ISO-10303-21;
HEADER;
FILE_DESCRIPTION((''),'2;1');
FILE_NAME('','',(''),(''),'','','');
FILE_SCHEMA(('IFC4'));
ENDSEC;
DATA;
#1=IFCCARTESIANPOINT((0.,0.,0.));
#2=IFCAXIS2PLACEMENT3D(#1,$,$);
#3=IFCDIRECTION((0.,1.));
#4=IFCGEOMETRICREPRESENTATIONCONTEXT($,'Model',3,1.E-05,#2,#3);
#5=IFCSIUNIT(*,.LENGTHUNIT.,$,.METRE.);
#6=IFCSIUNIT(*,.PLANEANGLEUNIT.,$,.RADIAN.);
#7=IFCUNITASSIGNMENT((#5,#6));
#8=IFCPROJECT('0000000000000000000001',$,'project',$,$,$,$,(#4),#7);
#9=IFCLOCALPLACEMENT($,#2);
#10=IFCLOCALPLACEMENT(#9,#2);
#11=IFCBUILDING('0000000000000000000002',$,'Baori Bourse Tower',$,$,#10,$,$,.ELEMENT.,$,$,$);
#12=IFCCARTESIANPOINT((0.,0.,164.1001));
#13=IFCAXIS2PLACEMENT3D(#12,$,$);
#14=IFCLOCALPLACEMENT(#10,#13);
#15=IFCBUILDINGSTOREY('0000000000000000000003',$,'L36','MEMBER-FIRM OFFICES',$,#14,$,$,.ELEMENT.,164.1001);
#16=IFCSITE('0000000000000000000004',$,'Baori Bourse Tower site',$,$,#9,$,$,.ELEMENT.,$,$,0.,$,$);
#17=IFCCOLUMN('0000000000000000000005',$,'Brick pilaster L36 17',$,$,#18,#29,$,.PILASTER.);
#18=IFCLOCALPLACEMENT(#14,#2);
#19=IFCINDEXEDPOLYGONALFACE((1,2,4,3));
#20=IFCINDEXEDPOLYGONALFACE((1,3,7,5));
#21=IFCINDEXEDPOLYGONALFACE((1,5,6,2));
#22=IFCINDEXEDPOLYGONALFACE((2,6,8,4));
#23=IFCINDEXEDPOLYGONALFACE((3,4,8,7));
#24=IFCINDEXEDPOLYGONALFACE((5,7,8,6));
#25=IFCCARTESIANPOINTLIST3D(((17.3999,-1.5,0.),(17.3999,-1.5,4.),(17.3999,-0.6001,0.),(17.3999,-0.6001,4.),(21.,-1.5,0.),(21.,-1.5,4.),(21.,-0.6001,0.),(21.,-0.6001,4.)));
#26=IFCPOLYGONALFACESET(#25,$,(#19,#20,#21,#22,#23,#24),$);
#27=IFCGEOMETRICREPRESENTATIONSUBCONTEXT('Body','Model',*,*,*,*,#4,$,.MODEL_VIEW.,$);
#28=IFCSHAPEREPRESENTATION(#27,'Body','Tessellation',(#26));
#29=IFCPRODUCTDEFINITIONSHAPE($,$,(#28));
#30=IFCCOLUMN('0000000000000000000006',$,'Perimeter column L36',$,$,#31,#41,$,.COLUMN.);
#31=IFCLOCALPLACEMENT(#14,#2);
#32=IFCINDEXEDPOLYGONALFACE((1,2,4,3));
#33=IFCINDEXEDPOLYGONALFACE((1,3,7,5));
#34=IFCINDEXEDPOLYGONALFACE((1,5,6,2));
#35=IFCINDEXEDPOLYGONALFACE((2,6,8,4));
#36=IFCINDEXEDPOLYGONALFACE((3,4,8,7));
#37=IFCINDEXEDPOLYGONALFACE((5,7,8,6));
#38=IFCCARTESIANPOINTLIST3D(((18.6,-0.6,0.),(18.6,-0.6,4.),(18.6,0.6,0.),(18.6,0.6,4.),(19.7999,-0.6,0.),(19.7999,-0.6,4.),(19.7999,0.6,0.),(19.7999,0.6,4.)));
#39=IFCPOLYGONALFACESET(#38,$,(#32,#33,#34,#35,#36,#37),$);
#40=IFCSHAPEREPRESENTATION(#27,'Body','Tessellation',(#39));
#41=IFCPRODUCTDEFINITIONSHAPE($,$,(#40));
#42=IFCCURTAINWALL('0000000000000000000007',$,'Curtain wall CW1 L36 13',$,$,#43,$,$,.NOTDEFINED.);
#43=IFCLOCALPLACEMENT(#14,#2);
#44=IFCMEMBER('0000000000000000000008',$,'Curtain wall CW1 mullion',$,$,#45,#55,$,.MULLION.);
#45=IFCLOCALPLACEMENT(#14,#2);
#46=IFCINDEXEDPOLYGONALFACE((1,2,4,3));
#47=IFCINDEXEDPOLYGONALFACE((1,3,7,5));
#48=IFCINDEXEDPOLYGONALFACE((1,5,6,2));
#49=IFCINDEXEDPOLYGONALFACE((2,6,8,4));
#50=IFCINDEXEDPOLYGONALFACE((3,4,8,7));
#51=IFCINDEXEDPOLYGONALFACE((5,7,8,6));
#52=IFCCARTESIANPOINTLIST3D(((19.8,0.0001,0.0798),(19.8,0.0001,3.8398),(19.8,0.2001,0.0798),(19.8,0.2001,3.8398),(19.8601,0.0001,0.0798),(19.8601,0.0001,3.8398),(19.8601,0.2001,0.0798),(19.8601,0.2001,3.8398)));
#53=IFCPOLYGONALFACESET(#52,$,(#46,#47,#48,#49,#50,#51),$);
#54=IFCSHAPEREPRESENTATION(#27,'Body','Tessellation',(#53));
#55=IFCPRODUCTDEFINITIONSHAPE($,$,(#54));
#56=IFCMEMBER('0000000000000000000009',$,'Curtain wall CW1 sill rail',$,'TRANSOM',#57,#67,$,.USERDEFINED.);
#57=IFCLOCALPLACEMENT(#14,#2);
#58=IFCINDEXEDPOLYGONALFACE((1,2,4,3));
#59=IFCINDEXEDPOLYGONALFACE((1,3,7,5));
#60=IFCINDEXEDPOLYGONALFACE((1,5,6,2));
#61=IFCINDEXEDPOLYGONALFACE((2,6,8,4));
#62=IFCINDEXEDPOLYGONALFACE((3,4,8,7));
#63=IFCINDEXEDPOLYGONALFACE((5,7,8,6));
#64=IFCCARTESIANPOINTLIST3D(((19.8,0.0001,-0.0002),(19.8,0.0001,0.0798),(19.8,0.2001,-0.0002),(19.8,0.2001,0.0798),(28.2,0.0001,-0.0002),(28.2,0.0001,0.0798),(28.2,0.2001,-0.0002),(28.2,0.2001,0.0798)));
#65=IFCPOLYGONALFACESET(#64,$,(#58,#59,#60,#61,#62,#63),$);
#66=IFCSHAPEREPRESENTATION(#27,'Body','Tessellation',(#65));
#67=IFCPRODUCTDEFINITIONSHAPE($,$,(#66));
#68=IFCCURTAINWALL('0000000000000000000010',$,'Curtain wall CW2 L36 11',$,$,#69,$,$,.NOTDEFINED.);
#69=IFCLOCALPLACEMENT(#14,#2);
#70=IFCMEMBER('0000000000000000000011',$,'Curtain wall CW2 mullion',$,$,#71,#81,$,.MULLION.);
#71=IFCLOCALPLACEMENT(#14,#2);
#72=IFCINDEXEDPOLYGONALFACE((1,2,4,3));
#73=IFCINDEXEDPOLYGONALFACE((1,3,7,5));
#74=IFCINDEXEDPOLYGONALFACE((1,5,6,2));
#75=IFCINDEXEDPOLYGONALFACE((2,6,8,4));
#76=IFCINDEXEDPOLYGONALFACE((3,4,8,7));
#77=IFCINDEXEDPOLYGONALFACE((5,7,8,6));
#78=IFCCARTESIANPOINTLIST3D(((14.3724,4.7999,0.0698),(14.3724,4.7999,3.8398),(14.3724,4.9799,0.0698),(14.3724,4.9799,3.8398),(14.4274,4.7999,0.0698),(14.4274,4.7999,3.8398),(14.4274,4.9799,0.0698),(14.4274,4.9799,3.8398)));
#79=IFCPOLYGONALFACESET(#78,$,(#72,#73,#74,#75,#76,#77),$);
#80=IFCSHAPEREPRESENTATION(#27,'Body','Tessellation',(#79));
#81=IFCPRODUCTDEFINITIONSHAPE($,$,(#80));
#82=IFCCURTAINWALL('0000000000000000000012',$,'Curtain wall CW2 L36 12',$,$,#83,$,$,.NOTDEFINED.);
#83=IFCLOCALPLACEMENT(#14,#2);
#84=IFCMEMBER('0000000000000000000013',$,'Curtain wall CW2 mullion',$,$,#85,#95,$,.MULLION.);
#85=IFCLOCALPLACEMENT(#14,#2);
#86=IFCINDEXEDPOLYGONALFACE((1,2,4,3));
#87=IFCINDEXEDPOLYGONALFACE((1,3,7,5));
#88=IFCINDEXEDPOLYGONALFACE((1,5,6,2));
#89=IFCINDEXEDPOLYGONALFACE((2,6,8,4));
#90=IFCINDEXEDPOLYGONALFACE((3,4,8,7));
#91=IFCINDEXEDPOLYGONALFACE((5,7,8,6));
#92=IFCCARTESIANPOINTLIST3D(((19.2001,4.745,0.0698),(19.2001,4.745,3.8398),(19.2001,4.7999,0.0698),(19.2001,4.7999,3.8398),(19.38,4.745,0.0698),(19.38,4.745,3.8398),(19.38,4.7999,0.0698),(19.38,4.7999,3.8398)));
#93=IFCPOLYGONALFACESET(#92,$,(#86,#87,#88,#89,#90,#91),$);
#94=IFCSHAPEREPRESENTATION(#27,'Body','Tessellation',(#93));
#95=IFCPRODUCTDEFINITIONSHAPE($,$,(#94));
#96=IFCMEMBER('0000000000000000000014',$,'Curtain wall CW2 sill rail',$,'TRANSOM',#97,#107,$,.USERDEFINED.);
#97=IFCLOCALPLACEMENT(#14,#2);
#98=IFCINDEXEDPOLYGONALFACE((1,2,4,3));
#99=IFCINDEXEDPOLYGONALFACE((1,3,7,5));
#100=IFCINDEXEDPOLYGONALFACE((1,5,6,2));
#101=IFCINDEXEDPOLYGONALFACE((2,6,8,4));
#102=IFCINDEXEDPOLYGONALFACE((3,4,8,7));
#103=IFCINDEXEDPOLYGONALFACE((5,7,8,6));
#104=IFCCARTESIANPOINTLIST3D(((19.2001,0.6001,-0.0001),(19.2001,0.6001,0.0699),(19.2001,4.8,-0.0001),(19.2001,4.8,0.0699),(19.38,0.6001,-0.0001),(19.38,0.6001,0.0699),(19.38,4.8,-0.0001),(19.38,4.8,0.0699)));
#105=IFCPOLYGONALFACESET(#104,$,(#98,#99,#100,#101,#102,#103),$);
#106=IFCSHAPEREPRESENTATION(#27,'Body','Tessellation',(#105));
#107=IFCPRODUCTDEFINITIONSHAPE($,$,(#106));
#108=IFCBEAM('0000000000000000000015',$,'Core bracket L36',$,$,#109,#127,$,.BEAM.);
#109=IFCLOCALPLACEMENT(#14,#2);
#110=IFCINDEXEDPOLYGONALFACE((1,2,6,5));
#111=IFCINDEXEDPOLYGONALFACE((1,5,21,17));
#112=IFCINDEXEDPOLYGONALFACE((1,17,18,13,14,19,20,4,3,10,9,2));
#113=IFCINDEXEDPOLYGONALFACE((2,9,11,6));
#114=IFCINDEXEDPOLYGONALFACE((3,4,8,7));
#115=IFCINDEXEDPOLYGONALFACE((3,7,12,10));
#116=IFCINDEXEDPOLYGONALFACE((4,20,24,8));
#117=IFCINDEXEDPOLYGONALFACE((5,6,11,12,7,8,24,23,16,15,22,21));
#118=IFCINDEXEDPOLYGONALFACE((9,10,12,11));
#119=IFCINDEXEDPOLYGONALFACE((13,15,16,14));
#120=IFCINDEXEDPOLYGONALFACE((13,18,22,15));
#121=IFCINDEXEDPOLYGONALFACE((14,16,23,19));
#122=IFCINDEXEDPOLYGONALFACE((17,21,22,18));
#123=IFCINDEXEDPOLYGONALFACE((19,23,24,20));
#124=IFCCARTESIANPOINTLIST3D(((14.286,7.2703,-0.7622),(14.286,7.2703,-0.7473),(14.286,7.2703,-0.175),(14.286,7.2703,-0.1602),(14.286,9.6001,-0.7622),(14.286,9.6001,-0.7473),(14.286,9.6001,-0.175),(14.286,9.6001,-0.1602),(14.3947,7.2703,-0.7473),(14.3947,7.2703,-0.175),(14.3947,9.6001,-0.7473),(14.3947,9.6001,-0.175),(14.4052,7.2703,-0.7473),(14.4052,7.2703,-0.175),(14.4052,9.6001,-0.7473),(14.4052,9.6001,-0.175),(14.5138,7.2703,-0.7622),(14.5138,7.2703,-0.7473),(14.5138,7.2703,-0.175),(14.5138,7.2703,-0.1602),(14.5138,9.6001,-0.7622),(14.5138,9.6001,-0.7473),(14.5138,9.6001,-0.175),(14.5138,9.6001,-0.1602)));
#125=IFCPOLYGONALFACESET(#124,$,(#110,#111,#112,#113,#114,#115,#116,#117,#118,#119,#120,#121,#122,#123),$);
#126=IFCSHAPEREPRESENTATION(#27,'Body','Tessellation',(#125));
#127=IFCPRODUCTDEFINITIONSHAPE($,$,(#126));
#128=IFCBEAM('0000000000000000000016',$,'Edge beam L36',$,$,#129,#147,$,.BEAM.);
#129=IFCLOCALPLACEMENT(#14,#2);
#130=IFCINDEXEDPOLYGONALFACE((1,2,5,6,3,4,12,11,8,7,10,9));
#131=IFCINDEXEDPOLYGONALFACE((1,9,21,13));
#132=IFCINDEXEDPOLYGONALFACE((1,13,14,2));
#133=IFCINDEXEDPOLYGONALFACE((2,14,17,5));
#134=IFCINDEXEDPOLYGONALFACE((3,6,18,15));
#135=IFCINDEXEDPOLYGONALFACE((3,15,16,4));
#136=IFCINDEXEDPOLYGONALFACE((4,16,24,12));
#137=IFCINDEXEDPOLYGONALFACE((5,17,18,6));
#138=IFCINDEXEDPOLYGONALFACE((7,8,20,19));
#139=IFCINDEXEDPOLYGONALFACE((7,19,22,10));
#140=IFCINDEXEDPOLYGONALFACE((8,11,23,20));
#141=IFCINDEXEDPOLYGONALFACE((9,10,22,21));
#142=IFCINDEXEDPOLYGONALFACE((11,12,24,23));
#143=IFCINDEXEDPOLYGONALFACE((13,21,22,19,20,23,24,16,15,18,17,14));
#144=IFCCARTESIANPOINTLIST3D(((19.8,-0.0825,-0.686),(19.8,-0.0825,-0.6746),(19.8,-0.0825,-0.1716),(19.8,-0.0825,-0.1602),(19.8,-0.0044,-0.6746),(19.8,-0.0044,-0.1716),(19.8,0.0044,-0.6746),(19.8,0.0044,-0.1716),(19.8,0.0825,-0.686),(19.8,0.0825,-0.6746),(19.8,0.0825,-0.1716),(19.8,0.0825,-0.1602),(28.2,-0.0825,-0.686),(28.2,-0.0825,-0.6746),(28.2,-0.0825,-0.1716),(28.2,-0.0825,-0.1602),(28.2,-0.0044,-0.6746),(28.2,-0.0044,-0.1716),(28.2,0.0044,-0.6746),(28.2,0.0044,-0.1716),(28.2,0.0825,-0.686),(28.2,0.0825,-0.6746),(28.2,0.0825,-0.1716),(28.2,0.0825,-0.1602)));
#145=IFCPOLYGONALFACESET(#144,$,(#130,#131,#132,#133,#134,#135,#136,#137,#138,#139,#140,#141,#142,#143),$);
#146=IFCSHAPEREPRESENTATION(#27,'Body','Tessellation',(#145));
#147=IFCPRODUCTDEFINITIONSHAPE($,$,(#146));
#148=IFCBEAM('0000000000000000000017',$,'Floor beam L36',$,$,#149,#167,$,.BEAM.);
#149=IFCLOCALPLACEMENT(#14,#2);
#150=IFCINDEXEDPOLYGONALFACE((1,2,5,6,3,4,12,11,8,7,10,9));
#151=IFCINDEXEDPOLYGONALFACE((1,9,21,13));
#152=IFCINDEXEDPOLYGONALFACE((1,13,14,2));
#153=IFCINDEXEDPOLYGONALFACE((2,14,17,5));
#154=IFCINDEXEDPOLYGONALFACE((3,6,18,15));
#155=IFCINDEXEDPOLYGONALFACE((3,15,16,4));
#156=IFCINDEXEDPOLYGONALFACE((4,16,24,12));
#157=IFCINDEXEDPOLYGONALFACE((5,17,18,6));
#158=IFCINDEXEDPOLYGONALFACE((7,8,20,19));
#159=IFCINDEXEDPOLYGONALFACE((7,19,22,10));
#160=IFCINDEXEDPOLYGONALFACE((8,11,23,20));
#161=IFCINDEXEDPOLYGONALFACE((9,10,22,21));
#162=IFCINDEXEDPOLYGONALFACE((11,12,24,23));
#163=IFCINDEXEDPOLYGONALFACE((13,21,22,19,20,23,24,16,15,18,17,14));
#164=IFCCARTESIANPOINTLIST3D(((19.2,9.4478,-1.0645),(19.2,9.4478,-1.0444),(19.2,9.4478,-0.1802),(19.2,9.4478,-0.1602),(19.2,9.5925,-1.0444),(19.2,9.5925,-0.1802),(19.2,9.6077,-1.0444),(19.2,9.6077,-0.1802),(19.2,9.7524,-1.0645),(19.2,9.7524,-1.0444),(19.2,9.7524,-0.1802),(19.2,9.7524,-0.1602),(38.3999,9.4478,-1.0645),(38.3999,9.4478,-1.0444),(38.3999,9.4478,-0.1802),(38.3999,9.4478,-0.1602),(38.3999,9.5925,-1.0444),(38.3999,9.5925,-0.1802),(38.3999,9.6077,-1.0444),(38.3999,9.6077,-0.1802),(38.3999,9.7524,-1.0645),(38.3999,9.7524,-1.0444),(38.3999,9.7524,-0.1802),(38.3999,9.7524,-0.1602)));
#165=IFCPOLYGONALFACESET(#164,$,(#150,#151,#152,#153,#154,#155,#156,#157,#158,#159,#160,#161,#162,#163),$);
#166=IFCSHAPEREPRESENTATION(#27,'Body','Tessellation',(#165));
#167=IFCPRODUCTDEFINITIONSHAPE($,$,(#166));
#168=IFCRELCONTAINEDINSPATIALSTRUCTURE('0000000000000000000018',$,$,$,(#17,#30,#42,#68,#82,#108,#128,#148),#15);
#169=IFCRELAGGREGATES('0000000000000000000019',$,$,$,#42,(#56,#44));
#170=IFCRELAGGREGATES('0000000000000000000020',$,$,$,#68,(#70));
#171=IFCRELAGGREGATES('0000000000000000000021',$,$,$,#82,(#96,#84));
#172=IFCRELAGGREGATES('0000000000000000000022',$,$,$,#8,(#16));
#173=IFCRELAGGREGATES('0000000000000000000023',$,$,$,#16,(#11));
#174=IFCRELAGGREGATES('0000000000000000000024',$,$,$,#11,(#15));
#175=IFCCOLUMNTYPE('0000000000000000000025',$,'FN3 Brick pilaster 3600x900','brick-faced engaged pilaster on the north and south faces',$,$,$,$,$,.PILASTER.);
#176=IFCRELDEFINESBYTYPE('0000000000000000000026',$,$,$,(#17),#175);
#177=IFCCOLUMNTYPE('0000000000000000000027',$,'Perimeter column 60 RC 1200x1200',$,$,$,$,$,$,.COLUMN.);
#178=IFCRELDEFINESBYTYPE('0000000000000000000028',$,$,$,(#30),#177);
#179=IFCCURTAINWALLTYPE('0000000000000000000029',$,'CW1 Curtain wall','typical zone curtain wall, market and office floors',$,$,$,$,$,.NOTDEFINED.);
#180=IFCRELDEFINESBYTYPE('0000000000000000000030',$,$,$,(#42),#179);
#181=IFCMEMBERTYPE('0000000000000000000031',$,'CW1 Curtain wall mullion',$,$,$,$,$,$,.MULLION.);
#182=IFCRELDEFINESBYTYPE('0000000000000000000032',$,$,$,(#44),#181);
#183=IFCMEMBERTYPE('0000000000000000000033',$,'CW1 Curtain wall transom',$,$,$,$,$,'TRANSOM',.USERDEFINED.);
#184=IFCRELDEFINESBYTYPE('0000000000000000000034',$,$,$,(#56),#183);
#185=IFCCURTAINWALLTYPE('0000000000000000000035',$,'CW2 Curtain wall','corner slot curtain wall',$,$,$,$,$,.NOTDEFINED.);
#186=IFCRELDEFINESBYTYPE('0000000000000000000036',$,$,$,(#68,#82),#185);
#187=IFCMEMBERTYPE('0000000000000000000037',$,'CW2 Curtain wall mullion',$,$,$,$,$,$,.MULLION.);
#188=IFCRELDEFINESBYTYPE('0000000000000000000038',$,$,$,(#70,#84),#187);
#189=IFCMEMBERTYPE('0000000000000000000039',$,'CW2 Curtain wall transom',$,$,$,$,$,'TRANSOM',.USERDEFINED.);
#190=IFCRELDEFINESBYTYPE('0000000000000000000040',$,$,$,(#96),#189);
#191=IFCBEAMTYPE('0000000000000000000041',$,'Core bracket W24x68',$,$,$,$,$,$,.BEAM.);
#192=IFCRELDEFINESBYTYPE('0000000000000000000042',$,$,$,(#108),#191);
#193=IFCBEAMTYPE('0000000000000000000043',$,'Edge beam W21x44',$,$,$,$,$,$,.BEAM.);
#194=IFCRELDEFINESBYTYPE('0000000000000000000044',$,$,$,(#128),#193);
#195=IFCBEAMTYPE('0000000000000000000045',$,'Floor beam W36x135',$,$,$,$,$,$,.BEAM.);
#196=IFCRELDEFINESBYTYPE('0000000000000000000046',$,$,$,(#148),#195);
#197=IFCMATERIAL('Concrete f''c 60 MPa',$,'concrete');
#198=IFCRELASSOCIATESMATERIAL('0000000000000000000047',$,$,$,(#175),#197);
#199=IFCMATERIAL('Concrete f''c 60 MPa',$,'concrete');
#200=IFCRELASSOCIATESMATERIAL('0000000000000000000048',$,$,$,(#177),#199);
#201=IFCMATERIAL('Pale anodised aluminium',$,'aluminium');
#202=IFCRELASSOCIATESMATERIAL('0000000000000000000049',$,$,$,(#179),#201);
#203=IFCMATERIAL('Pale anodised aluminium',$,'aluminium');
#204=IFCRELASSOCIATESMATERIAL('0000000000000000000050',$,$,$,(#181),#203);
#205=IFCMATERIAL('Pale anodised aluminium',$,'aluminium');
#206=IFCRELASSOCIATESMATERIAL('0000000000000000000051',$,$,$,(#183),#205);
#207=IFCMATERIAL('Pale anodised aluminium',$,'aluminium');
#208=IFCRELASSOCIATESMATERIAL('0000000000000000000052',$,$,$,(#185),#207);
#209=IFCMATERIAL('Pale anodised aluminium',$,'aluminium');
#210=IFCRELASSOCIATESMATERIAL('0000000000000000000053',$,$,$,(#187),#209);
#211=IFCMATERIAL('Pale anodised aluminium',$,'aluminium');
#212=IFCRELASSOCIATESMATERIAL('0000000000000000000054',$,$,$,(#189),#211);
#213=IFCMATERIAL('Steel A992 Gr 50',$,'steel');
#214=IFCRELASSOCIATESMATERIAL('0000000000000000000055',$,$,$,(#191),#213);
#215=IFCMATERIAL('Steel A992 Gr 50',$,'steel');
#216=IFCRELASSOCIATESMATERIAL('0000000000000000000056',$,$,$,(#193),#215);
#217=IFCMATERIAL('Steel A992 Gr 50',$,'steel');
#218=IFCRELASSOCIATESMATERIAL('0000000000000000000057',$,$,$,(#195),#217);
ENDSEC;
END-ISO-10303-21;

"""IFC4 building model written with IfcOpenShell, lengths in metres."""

from ifc_helpers import new_model, si_unit, direction, frame, origin, origin_2d, place, context, subcontext, project, spatial, rectangle, i_section, extrude, material, material_profile, profile_set, type_object, element, aggregate, save


model = new_model("IFC4")

# Units and contexts
model_context = context("Model", 3, precision=1e-05, world=origin(), true_north=direction((0.0, 1.0)))
body_context = subcontext(model_context, "Body", "Model", "MODEL_VIEW")
ifc_project = project(units=[si_unit("LENGTHUNIT", "METRE"), si_unit("PLANEANGLEUNIT", "RADIAN")], contexts=[model_context])

# Site, building, storey
site_placement = place(None, origin())
site = spatial("IfcSite", under=ifc_project, at=site_placement, Name="Baori Bourse Tower site", CompositionType="ELEMENT", RefElevation=0.0)
building_placement = place(site_placement, origin())
building = spatial("IfcBuilding", under=site, at=building_placement, Name="Baori Bourse Tower", CompositionType="ELEMENT")
storey_placement = place(building_placement, frame((0.0, 0.0, 164.1001)))
storey = spatial("IfcBuildingStorey", under=building, at=storey_placement, Name="L36", Description="MEMBER-FIRM OFFICES", CompositionType="ELEMENT", Elevation=164.1001)

# Columns
ifc_material_1 = material(Name="Concrete f'c 60 MPa", Category="concrete")
ifc_material_profile_1 = material_profile(ifc_material_1, rectangle(XDim=3.6001, YDim=0.8999, at=origin_2d()), Name="RC 3600x900")
ifc_profile_set_1 = profile_set([ifc_material_profile_1], Name="Concrete f'c 60 MPa")
column_type_1 = type_object("IfcColumnType", Name="FN3 Brick pilaster 3600x900", Description="brick-faced engaged pilaster on the north and south faces", PredefinedType="PILASTER", material=ifc_profile_set_1)
column_1_placement = place(storey_placement, frame((19.2, -1.05, 0.0), z_axis=(0.0, 0.0, 1.0), x_axis=(1.0, 0.0, 0.0)))
element("IfcColumn", 1, at=column_1_placement, inside=storey, type_object=column_type_1, Name="Brick pilaster L36 17", PredefinedType="PILASTER", context=body_context, shape_type="SweptSolid", body=[
    extrude(rectangle(XDim=3.6001, YDim=0.8999, at=origin_2d()), origin(), (0.0, 0.0, 1.0), 4.0),
])
ifc_material_2 = material(Name="Concrete f'c 60 MPa", Category="concrete")
ifc_material_profile_2 = material_profile(ifc_material_2, rectangle(XDim=1.2, YDim=1.2, at=origin_2d()), Name="RC 1200x1200")
ifc_profile_set_2 = profile_set([ifc_material_profile_2], Name="Concrete f'c 60 MPa")
column_type_2 = type_object("IfcColumnType", Name="Perimeter column 60 RC 1200x1200", PredefinedType="COLUMN", material=ifc_profile_set_2)
column_2_placement = place(storey_placement, frame((19.2, 0.0, 0.0), z_axis=(0.0, 0.0, 1.0), x_axis=(1.0, 0.0, 0.0)))
element("IfcColumn", 2, at=column_2_placement, inside=storey, type_object=column_type_2, Name="Perimeter column L36", PredefinedType="COLUMN", context=body_context, shape_type="SweptSolid", body=[
    extrude(rectangle(XDim=1.2, YDim=1.2, at=origin_2d()), origin(), (0.0, 0.0, 1.0), 4.0),
])

# Curtain wall, members
ifc_material_3 = material(Name="Pale anodised aluminium", Category="aluminium")
curtain_wall_type_1 = type_object("IfcCurtainWallType", Name="CW1 Curtain wall", Description="typical zone curtain wall, market and office floors", PredefinedType="NOTDEFINED", material=ifc_material_3)
curtain_wall_1_placement = place(storey_placement, origin())
curtain_wall_1 = element("IfcCurtainWall", 3, at=curtain_wall_1_placement, inside=storey, type_object=curtain_wall_type_1, Name="Curtain wall CW1 L36 13", PredefinedType="NOTDEFINED")
ifc_material_4 = material(Name="Pale anodised aluminium", Category="aluminium")
ifc_material_profile_3 = material_profile(ifc_material_4, rectangle(XDim=0.2, YDim=0.0601, at=origin_2d()), Name="Mullion 60x200")
ifc_profile_set_3 = profile_set([ifc_material_profile_3], Name="Pale anodised aluminium")
member_type_1 = type_object("IfcMemberType", Name="CW1 Curtain wall mullion", PredefinedType="MULLION", material=ifc_profile_set_3)
member_1_placement = place(storey_placement, frame((19.8301, 0.1001, 0.0798), z_axis=(0.0, 0.0, 1.0), x_axis=(0.0, 1.0, 0.0)))
member_1 = element("IfcMember", 4, at=member_1_placement, type_object=member_type_1, Name="Curtain wall CW1 mullion", PredefinedType="MULLION", context=body_context, shape_type="SweptSolid", body=[
    extrude(rectangle(XDim=0.2, YDim=0.0601, at=origin_2d()), origin(), (0.0, 0.0, 1.0), 3.76),
])
ifc_material_5 = material(Name="Pale anodised aluminium", Category="aluminium")
ifc_material_profile_4 = material_profile(ifc_material_5, rectangle(XDim=0.2, YDim=0.0801, at=origin_2d()), Name="Transom 80x200")
ifc_profile_set_4 = profile_set([ifc_material_profile_4], Name="Pale anodised aluminium")
member_type_2 = type_object("IfcMemberType", Name="CW1 Curtain wall transom", ElementType="TRANSOM", PredefinedType="USERDEFINED", material=ifc_profile_set_4)
member_2_placement = place(storey_placement, frame((19.8, 0.1001, 0.0398), z_axis=(1.0, 0.0, 0.0), x_axis=(0.0, 1.0, 0.0)))
member_2 = element("IfcMember", 5, at=member_2_placement, type_object=member_type_2, Name="Curtain wall CW1 sill rail", ObjectType="TRANSOM", PredefinedType="USERDEFINED", context=body_context, shape_type="SweptSolid", body=[
    extrude(rectangle(XDim=0.2, YDim=0.0801, at=origin_2d()), origin(), (0.0, 0.0, 1.0), 8.3999),
])

# Curtain wall, member
ifc_material_6 = material(Name="Pale anodised aluminium", Category="aluminium")
curtain_wall_type_2 = type_object("IfcCurtainWallType", Name="CW2 Curtain wall", Description="corner slot curtain wall", PredefinedType="NOTDEFINED", material=ifc_material_6)
curtain_wall_2_placement = place(storey_placement, origin())
curtain_wall_2 = element("IfcCurtainWall", 6, at=curtain_wall_2_placement, inside=storey, type_object=curtain_wall_type_2, Name="Curtain wall CW2 L36 11", PredefinedType="NOTDEFINED")
ifc_material_7 = material(Name="Pale anodised aluminium", Category="aluminium")
ifc_material_profile_5 = material_profile(ifc_material_7, rectangle(XDim=0.1799, YDim=0.0549, at=origin_2d()), Name="Mullion 55x180")
ifc_profile_set_5 = profile_set([ifc_material_profile_5], Name="Pale anodised aluminium")
member_type_3 = type_object("IfcMemberType", Name="CW2 Curtain wall mullion", PredefinedType="MULLION", material=ifc_profile_set_5)
member_3_placement = place(storey_placement, frame((14.3999, 4.8899, 0.0698), z_axis=(0.0, 0.0, 1.0), x_axis=(0.0, 1.0, 0.0)))
member_3 = element("IfcMember", 7, at=member_3_placement, type_object=member_type_3, Name="Curtain wall CW2 mullion", PredefinedType="MULLION", context=body_context, shape_type="SweptSolid", body=[
    extrude(rectangle(XDim=0.1799, YDim=0.0549, at=origin_2d()), origin(), (0.0, 0.0, 1.0), 3.77),
])

# Curtain wall, members
curtain_wall_3_placement = place(storey_placement, origin())
curtain_wall_3 = element("IfcCurtainWall", 8, at=curtain_wall_3_placement, inside=storey, type_object=curtain_wall_type_2, Name="Curtain wall CW2 L36 12", PredefinedType="NOTDEFINED")
member_4_placement = place(storey_placement, frame((19.29, 4.7725, 0.0698), z_axis=(0.0, 0.0, 1.0), x_axis=(1.0, 0.0, 0.0)))
member_4 = element("IfcMember", 9, at=member_4_placement, type_object=member_type_3, Name="Curtain wall CW2 mullion", PredefinedType="MULLION", context=body_context, shape_type="SweptSolid", body=[
    extrude(rectangle(XDim=0.1799, YDim=0.0549, at=origin_2d()), origin(), (0.0, 0.0, 1.0), 3.77),
])
ifc_material_8 = material(Name="Pale anodised aluminium", Category="aluminium")
ifc_material_profile_6 = material_profile(ifc_material_8, rectangle(XDim=0.1799, YDim=0.0701, at=origin_2d()), Name="Transom 70x180")
ifc_profile_set_6 = profile_set([ifc_material_profile_6], Name="Pale anodised aluminium")
member_type_4 = type_object("IfcMemberType", Name="CW2 Curtain wall transom", ElementType="TRANSOM", PredefinedType="USERDEFINED", material=ifc_profile_set_6)
member_5_placement = place(storey_placement, frame((19.29, 4.8, 0.0349), z_axis=(0.0, -1.0, 0.0), x_axis=(1.0, 0.0, 0.0)))
member_5 = element("IfcMember", 10, at=member_5_placement, type_object=member_type_4, Name="Curtain wall CW2 sill rail", ObjectType="TRANSOM", PredefinedType="USERDEFINED", context=body_context, shape_type="SweptSolid", body=[
    extrude(rectangle(XDim=0.1799, YDim=0.0701, at=origin_2d()), origin(), (0.0, 0.0, 1.0), 4.2),
])

# Beams
ifc_material_9 = material(Name="Steel A992 Gr 50", Category="steel")
ifc_material_profile_7 = material_profile(ifc_material_9, i_section(OverallWidth=0.2278, OverallDepth=0.6021, WebThickness=0.0105, FlangeThickness=0.0149, at=origin_2d()), Name="W24x68")
ifc_profile_set_7 = profile_set([ifc_material_profile_7], Name="Steel A992 Gr 50")
beam_type_1 = type_object("IfcBeamType", Name="Core bracket W24x68", PredefinedType="BEAM", material=ifc_profile_set_7)
beam_1_placement = place(storey_placement, frame((14.3999, 7.2703, -0.4612), z_axis=(0.0, 1.0, 0.0), x_axis=(-1.0, 0.0, 0.0)))
element("IfcBeam", 11, at=beam_1_placement, inside=storey, type_object=beam_type_1, Name="Core bracket L36", PredefinedType="BEAM", context=body_context, shape_type="SweptSolid", body=[
    extrude(i_section(OverallWidth=0.2278, OverallDepth=0.6021, WebThickness=0.0105, FlangeThickness=0.0149, at=origin_2d()), origin(), (0.0, 0.0, 1.0), 2.3298),
])
ifc_material_10 = material(Name="Steel A992 Gr 50", Category="steel")
ifc_material_profile_8 = material_profile(ifc_material_10, i_section(OverallWidth=0.165, OverallDepth=0.5259, WebThickness=0.0088, FlangeThickness=0.0115, at=origin_2d()), Name="W21x44")
ifc_profile_set_8 = profile_set([ifc_material_profile_8], Name="Steel A992 Gr 50")
beam_type_2 = type_object("IfcBeamType", Name="Edge beam W21x44", PredefinedType="BEAM", material=ifc_profile_set_8)
beam_2_placement = place(storey_placement, frame((19.8, 0.0, -0.4231), z_axis=(1.0, 0.0, 0.0), x_axis=(0.0, 1.0, 0.0)))
element("IfcBeam", 12, at=beam_2_placement, inside=storey, type_object=beam_type_2, Name="Edge beam L36", PredefinedType="BEAM", context=body_context, shape_type="SweptSolid", body=[
    extrude(i_section(OverallWidth=0.165, OverallDepth=0.5259, WebThickness=0.0088, FlangeThickness=0.0115, at=origin_2d()), origin(), (0.0, 0.0, 1.0), 8.3999),
])
ifc_material_11 = material(Name="Steel A992 Gr 50", Category="steel")
ifc_material_profile_9 = material_profile(ifc_material_11, i_section(OverallWidth=0.3047, OverallDepth=0.9043, WebThickness=0.0151, FlangeThickness=0.02, at=origin_2d()), Name="W36x135")
ifc_profile_set_9 = profile_set([ifc_material_profile_9], Name="Steel A992 Gr 50")
beam_type_3 = type_object("IfcBeamType", Name="Floor beam W36x135", PredefinedType="BEAM", material=ifc_profile_set_9)
beam_3_placement = place(storey_placement, frame((19.2, 9.6001, -0.6123), z_axis=(1.0, 0.0, 0.0), x_axis=(0.0, 1.0, 0.0)))
element("IfcBeam", 13, at=beam_3_placement, inside=storey, type_object=beam_type_3, Name="Floor beam L36", PredefinedType="BEAM", context=body_context, shape_type="SweptSolid", body=[
    extrude(i_section(OverallWidth=0.3047, OverallDepth=0.9043, WebThickness=0.0151, FlangeThickness=0.02, at=origin_2d()), origin(), (0.0, 0.0, 1.0), 19.2),
])

aggregate(curtain_wall_1, [member_2, member_1])
aggregate(curtain_wall_2, [member_3])
aggregate(curtain_wall_3, [member_5, member_4])

save(model, "model.ifc")
